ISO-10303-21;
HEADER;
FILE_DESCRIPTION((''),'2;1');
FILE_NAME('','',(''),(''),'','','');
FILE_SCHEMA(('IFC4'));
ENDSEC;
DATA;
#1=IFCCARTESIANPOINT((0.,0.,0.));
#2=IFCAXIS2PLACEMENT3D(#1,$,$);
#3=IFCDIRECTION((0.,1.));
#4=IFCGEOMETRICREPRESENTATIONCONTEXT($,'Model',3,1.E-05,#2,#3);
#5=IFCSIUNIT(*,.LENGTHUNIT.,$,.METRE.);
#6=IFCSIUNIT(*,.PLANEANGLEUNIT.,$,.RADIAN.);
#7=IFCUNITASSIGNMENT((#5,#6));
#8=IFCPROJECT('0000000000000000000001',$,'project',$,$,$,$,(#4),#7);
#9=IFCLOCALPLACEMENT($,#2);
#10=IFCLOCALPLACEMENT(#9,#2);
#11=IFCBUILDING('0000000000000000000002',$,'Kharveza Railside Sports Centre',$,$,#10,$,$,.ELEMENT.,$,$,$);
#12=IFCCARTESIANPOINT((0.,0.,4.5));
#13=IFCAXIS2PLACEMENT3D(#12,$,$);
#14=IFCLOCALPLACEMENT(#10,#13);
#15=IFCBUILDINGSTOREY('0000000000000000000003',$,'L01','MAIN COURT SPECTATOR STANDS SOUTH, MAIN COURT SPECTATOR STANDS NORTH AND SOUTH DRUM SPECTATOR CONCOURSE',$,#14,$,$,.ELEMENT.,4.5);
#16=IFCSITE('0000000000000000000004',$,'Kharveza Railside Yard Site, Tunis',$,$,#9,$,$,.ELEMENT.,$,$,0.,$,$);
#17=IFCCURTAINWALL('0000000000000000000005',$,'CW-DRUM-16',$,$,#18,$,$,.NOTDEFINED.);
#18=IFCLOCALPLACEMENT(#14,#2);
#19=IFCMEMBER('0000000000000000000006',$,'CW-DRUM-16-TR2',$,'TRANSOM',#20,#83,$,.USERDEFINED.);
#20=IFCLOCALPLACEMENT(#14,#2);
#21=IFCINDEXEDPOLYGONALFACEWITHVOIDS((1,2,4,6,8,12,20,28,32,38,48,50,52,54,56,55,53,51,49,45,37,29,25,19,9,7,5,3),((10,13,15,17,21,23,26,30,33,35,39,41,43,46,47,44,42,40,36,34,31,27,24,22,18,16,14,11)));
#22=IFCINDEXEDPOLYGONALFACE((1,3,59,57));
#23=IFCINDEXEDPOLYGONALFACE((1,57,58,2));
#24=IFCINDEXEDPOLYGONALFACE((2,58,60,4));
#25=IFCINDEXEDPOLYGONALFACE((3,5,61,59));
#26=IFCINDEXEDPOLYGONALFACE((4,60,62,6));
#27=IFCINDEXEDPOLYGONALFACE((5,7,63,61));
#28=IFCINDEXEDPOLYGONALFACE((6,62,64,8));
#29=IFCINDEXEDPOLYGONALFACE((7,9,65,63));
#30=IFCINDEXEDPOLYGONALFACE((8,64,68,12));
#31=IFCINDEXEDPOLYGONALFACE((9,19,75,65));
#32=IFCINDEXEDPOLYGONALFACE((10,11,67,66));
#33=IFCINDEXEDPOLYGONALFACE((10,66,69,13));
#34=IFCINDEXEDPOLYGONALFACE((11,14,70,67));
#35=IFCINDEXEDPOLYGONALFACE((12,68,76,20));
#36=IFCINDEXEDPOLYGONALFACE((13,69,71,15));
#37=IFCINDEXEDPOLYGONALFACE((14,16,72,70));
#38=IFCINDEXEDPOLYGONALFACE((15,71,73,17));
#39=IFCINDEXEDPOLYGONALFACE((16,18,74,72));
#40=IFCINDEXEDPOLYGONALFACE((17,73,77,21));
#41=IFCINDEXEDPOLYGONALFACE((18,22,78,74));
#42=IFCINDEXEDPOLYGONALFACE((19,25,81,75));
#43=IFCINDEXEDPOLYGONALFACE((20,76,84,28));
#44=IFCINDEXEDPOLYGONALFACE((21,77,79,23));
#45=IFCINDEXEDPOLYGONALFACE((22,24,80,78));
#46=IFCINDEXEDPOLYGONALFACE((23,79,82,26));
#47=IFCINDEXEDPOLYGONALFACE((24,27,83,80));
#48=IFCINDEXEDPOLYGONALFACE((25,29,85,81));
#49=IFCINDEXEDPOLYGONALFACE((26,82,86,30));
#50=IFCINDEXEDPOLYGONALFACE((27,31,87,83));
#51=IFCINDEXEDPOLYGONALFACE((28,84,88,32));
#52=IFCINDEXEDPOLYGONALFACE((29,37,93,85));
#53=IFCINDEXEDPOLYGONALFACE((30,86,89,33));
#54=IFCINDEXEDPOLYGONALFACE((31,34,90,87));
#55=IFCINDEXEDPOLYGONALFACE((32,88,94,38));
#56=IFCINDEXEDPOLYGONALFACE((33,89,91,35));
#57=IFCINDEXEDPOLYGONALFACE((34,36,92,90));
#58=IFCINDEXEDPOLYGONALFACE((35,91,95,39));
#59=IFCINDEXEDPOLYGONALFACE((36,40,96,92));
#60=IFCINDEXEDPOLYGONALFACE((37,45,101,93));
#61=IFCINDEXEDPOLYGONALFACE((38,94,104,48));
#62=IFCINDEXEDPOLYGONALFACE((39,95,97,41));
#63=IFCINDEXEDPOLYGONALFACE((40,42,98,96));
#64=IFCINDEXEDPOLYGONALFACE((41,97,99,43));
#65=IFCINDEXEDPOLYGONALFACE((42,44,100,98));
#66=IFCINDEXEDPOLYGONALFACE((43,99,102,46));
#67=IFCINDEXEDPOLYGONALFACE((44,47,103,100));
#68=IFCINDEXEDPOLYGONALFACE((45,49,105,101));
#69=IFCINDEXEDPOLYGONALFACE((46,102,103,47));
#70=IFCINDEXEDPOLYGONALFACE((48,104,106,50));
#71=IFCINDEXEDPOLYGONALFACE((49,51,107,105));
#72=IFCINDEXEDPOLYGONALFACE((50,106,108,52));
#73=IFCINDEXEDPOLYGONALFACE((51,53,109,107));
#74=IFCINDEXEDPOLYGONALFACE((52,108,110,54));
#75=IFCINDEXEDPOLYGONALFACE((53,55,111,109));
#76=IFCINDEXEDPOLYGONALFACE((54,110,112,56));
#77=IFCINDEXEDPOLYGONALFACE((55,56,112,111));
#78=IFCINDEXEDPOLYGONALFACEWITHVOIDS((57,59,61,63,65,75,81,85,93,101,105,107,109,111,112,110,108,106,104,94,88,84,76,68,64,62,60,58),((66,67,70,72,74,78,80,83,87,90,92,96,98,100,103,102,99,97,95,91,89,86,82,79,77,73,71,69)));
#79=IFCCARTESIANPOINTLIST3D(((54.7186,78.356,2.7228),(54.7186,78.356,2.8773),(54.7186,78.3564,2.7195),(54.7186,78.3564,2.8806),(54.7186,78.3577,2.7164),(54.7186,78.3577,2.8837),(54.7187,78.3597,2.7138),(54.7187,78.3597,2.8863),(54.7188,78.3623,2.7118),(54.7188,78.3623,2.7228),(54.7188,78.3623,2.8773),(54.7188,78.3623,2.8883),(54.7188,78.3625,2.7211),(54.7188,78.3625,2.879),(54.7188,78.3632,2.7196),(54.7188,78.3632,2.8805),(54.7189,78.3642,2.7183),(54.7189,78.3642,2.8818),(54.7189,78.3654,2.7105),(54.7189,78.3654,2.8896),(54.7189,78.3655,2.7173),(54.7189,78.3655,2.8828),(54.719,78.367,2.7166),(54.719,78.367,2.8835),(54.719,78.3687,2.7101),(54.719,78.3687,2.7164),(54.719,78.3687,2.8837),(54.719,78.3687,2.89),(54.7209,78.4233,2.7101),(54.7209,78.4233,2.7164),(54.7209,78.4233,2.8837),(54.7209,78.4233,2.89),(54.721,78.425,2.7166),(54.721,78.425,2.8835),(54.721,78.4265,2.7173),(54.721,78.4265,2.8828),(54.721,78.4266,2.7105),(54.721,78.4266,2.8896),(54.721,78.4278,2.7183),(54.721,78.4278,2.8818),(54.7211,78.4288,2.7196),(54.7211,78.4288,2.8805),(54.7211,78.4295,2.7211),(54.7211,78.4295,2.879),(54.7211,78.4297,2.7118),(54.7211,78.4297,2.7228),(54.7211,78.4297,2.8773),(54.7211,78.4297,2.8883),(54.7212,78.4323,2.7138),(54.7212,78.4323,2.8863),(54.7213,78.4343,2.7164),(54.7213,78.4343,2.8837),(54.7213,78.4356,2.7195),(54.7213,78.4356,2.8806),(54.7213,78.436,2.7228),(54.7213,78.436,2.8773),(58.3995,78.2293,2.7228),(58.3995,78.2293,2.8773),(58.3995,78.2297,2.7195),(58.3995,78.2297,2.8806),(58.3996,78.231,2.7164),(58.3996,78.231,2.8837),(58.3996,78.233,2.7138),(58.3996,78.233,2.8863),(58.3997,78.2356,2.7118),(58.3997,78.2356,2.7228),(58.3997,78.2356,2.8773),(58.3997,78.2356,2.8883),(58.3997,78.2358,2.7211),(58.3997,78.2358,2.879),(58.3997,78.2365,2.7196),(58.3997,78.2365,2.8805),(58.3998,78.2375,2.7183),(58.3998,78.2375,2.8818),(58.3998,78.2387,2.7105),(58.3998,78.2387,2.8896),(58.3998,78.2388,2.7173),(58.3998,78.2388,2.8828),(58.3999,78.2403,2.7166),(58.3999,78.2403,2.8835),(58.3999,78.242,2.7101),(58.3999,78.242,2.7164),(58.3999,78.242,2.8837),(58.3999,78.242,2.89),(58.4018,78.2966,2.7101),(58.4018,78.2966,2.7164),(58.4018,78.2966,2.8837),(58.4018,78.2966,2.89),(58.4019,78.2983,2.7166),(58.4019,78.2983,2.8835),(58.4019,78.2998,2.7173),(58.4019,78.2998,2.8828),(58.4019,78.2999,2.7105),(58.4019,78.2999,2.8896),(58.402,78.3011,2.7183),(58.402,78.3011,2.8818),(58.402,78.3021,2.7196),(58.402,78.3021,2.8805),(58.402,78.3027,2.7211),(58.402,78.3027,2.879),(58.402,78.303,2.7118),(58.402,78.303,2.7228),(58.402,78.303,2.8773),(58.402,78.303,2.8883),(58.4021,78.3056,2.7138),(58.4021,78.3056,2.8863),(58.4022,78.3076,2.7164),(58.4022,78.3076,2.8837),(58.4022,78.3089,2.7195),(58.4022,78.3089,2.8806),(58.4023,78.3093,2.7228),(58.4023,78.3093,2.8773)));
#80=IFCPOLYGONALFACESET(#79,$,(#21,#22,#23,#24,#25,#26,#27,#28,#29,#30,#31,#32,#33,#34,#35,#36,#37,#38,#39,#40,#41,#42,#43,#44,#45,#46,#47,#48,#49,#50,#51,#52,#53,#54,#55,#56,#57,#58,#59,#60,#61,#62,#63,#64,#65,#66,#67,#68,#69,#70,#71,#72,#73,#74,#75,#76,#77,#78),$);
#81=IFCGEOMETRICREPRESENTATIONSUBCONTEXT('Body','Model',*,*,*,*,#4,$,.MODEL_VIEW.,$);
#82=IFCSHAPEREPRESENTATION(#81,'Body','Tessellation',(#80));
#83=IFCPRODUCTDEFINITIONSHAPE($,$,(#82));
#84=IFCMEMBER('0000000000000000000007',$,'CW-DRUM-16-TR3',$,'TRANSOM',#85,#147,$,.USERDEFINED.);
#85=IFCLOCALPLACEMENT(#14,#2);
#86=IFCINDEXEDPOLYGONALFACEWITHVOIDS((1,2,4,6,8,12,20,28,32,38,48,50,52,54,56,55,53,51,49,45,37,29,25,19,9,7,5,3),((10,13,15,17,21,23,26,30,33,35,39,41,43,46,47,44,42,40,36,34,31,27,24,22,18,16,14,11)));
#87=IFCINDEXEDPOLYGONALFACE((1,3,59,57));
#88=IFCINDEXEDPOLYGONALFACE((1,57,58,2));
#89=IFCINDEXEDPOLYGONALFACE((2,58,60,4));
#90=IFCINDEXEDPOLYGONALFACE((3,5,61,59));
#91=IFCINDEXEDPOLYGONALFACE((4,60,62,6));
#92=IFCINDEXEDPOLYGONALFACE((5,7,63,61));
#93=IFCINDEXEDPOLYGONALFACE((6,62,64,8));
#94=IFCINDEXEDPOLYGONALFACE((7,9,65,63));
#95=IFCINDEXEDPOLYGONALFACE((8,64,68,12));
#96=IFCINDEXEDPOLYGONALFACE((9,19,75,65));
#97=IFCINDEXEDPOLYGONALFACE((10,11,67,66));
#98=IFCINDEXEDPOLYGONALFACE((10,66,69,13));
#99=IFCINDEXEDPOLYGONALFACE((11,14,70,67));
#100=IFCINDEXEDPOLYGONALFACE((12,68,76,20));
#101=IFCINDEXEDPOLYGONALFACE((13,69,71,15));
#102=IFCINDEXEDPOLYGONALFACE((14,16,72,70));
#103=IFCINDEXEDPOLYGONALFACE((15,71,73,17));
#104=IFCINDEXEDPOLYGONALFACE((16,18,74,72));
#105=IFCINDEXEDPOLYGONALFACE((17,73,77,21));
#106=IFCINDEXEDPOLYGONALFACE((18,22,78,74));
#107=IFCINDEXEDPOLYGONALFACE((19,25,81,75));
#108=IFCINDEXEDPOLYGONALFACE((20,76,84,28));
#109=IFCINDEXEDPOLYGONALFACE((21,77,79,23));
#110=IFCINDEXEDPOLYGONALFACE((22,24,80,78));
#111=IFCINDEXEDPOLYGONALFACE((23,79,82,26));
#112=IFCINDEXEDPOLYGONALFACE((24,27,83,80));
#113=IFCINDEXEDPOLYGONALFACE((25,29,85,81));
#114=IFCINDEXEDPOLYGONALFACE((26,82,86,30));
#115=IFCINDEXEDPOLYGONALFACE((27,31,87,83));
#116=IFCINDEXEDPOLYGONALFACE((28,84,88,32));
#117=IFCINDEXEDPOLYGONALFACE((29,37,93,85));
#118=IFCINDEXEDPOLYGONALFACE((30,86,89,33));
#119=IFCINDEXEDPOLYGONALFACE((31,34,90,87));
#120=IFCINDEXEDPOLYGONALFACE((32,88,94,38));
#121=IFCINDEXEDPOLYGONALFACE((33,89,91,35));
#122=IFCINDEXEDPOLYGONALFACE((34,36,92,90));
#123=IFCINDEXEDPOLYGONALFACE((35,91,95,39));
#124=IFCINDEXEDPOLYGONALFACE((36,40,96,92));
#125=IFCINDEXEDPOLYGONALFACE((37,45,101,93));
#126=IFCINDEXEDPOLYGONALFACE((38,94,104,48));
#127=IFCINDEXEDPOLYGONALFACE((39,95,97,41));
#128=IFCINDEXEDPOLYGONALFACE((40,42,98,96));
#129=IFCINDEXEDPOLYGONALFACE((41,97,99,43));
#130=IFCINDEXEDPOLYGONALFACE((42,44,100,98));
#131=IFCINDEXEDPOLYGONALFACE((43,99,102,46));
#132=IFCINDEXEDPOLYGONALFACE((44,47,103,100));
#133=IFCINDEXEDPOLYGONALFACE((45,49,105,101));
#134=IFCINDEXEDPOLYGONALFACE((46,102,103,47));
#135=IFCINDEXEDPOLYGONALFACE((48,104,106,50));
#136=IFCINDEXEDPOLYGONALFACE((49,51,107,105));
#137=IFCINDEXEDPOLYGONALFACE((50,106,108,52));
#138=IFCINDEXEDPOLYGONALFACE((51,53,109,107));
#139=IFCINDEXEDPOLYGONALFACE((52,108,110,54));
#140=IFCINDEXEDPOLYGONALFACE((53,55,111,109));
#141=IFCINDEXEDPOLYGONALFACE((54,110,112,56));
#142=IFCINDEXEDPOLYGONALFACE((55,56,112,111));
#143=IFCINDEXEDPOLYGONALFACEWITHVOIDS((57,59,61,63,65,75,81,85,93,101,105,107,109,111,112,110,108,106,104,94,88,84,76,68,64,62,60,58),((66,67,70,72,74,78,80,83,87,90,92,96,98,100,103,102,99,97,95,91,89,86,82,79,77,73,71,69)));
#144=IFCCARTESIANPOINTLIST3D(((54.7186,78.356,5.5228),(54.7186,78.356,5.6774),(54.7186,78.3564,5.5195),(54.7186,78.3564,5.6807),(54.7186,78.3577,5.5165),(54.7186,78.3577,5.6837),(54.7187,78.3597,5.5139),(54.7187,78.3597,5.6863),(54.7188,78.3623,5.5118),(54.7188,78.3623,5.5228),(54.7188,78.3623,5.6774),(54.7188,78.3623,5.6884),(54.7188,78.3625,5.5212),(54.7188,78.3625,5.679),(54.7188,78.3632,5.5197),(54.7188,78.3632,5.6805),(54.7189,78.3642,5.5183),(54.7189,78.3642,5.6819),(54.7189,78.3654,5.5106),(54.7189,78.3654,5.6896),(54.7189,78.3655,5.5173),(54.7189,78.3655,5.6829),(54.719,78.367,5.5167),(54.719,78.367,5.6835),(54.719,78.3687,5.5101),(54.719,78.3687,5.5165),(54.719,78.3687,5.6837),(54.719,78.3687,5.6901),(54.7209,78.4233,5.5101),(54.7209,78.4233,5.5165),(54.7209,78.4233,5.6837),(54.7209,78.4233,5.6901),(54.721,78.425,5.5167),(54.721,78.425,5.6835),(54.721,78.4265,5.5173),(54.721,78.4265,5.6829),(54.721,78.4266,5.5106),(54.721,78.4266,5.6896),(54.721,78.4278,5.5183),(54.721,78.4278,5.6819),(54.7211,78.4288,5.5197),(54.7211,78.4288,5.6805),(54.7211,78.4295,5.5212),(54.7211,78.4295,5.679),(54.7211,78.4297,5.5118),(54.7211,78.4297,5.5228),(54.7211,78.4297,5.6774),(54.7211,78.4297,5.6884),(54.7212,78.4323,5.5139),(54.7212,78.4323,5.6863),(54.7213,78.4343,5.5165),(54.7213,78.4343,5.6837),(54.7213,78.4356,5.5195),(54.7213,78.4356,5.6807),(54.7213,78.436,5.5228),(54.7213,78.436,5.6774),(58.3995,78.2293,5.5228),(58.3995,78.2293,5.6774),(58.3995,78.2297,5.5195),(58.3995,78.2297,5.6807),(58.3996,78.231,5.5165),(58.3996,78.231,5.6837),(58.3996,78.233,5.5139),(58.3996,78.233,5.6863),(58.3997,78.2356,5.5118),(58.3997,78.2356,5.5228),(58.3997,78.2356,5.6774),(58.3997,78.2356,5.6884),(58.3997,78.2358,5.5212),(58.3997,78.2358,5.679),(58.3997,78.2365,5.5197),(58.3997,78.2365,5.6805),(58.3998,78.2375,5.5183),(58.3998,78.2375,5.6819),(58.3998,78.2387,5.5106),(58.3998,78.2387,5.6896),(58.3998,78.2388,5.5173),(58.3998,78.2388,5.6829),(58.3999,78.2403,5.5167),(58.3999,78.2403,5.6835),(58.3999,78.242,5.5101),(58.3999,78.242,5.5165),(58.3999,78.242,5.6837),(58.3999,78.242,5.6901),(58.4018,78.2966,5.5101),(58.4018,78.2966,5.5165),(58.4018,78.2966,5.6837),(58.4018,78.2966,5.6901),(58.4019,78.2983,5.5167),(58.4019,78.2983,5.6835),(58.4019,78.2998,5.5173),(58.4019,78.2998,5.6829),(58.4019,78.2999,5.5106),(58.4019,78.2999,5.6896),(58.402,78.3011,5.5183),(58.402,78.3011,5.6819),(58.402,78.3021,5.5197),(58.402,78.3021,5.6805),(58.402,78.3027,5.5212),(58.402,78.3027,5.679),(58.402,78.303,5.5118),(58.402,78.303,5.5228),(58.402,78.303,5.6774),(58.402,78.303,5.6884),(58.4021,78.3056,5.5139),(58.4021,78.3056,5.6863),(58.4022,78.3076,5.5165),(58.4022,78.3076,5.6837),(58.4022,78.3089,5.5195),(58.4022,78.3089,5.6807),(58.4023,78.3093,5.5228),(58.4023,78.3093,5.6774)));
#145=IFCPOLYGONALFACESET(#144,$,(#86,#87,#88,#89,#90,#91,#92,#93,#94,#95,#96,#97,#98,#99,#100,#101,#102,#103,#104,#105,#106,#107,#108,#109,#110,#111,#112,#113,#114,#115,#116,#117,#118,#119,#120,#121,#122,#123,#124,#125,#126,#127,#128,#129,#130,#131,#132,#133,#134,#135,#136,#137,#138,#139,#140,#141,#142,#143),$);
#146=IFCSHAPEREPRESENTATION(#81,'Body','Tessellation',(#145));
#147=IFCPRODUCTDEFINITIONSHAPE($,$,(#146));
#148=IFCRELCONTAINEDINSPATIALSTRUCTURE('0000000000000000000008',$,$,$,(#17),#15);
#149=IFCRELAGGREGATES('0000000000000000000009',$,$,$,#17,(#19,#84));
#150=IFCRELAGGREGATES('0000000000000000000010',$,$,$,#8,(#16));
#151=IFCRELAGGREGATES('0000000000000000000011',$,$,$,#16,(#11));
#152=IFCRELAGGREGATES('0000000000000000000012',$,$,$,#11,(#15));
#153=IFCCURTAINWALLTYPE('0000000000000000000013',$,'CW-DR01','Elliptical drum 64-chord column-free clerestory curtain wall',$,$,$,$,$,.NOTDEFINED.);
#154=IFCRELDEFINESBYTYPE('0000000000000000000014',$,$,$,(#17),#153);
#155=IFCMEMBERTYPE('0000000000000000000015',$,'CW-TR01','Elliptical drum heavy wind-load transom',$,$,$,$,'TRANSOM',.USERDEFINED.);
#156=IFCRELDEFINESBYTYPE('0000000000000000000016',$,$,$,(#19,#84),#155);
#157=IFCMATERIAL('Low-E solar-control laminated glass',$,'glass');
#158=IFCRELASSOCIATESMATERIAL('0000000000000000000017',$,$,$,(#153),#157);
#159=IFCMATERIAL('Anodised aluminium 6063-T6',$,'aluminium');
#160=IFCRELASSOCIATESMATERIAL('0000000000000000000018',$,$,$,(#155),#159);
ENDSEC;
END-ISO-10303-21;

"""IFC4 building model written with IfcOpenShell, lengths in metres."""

from ifc_helpers import new_model, si_unit, direction, frame, origin, origin_2d, place, context, subcontext, project, spatial, hollow_rectangle, extrude, material, material_profile, profile_set, type_object, element, aggregate, save


model = new_model("IFC4")

# Units and contexts
model_context = context("Model", 3, precision=1e-05, world=origin(), true_north=direction((0.0, 1.0)))
body_context = subcontext(model_context, "Body", "Model", "MODEL_VIEW")
ifc_project = project(units=[si_unit("LENGTHUNIT", "METRE"), si_unit("PLANEANGLEUNIT", "RADIAN")], contexts=[model_context])

# Site, building, storey
site_placement = place(None, origin())
site = spatial("IfcSite", under=ifc_project, at=site_placement, Name="Kharveza Railside Yard Site, Tunis", CompositionType="ELEMENT", RefElevation=0.0)
building_placement = place(site_placement, origin())
building = spatial("IfcBuilding", under=site, at=building_placement, Name="Kharveza Railside Sports Centre", CompositionType="ELEMENT")
storey_placement = place(building_placement, frame((0.0, 0.0, 4.5)))
storey = spatial("IfcBuildingStorey", under=building, at=storey_placement, Name="L01", Description="MAIN COURT SPECTATOR STANDS SOUTH, MAIN COURT SPECTATOR STANDS NORTH AND SOUTH DRUM SPECTATOR CONCOURSE", CompositionType="ELEMENT", Elevation=4.5)

# Curtain wall, members
ifc_material_1 = material(Name="Low-E solar-control laminated glass", Category="glass")
curtain_wall_type = type_object("IfcCurtainWallType", Name="CW-DR01", Description="Elliptical drum 64-chord column-free clerestory curtain wall", PredefinedType="NOTDEFINED", material=ifc_material_1)
ifc_material_2 = material(Name="Anodised aluminium 6063-T6", Category="aluminium")
curtain_wall_1_placement = place(storey_placement, origin())
curtain_wall_1 = element("IfcCurtainWall", 1, at=curtain_wall_1_placement, inside=storey, type_object=curtain_wall_type, Name="CW-DRUM-16", PredefinedType="NOTDEFINED")
ifc_material_profile_1 = material_profile(ifc_material_2, hollow_rectangle(XDim=0.0801, YDim=0.1799, WallThickness=0.0063, InnerFilletRadius=0.0063, OuterFilletRadius=0.0127, at=origin_2d()), Name="RHS 80x180x6.3")
ifc_profile_set_1 = profile_set([ifc_material_profile_1], Name="Anodised aluminium 6063-T6")
member_type_1 = type_object("IfcMemberType", Name="CW-TR01", Description="Elliptical drum heavy wind-load transom", ElementType="TRANSOM", PredefinedType="USERDEFINED", material=ifc_profile_set_1)
member_1_placement = place(storey_placement, frame((58.4009, 78.2693, 2.8), z_axis=(-0.999408, 0.034403, 0.0), x_axis=(-0.034403, -0.999408, 0.0)))
member_1 = element("IfcMember", 2, at=member_1_placement, type_object=member_type_1, Name="CW-DRUM-16-TR2", ObjectType="TRANSOM", PredefinedType="USERDEFINED", context=body_context, shape_type="SweptSolid", body=[
    extrude(hollow_rectangle(XDim=0.0801, YDim=0.1799, WallThickness=0.0063, InnerFilletRadius=0.0063, OuterFilletRadius=0.0127, at=origin_2d()), origin(), (0.0, 0.0, 1.0), 3.6831),
])
member_2_placement = place(storey_placement, frame((58.4009, 78.2693, 5.6001), z_axis=(-0.999408, 0.034403, 0.0), x_axis=(-0.034403, -0.999408, 0.0)))
member_2 = element("IfcMember", 3, at=member_2_placement, type_object=member_type_1, Name="CW-DRUM-16-TR3", ObjectType="TRANSOM", PredefinedType="USERDEFINED", context=body_context, shape_type="SweptSolid", body=[
    extrude(hollow_rectangle(XDim=0.0801, YDim=0.1799, WallThickness=0.0063, InnerFilletRadius=0.0063, OuterFilletRadius=0.0127, at=origin_2d()), origin(), (0.0, 0.0, 1.0), 3.6831),
])

aggregate(curtain_wall_1, [member_1, member_2])

save(model, "model.ifc")
